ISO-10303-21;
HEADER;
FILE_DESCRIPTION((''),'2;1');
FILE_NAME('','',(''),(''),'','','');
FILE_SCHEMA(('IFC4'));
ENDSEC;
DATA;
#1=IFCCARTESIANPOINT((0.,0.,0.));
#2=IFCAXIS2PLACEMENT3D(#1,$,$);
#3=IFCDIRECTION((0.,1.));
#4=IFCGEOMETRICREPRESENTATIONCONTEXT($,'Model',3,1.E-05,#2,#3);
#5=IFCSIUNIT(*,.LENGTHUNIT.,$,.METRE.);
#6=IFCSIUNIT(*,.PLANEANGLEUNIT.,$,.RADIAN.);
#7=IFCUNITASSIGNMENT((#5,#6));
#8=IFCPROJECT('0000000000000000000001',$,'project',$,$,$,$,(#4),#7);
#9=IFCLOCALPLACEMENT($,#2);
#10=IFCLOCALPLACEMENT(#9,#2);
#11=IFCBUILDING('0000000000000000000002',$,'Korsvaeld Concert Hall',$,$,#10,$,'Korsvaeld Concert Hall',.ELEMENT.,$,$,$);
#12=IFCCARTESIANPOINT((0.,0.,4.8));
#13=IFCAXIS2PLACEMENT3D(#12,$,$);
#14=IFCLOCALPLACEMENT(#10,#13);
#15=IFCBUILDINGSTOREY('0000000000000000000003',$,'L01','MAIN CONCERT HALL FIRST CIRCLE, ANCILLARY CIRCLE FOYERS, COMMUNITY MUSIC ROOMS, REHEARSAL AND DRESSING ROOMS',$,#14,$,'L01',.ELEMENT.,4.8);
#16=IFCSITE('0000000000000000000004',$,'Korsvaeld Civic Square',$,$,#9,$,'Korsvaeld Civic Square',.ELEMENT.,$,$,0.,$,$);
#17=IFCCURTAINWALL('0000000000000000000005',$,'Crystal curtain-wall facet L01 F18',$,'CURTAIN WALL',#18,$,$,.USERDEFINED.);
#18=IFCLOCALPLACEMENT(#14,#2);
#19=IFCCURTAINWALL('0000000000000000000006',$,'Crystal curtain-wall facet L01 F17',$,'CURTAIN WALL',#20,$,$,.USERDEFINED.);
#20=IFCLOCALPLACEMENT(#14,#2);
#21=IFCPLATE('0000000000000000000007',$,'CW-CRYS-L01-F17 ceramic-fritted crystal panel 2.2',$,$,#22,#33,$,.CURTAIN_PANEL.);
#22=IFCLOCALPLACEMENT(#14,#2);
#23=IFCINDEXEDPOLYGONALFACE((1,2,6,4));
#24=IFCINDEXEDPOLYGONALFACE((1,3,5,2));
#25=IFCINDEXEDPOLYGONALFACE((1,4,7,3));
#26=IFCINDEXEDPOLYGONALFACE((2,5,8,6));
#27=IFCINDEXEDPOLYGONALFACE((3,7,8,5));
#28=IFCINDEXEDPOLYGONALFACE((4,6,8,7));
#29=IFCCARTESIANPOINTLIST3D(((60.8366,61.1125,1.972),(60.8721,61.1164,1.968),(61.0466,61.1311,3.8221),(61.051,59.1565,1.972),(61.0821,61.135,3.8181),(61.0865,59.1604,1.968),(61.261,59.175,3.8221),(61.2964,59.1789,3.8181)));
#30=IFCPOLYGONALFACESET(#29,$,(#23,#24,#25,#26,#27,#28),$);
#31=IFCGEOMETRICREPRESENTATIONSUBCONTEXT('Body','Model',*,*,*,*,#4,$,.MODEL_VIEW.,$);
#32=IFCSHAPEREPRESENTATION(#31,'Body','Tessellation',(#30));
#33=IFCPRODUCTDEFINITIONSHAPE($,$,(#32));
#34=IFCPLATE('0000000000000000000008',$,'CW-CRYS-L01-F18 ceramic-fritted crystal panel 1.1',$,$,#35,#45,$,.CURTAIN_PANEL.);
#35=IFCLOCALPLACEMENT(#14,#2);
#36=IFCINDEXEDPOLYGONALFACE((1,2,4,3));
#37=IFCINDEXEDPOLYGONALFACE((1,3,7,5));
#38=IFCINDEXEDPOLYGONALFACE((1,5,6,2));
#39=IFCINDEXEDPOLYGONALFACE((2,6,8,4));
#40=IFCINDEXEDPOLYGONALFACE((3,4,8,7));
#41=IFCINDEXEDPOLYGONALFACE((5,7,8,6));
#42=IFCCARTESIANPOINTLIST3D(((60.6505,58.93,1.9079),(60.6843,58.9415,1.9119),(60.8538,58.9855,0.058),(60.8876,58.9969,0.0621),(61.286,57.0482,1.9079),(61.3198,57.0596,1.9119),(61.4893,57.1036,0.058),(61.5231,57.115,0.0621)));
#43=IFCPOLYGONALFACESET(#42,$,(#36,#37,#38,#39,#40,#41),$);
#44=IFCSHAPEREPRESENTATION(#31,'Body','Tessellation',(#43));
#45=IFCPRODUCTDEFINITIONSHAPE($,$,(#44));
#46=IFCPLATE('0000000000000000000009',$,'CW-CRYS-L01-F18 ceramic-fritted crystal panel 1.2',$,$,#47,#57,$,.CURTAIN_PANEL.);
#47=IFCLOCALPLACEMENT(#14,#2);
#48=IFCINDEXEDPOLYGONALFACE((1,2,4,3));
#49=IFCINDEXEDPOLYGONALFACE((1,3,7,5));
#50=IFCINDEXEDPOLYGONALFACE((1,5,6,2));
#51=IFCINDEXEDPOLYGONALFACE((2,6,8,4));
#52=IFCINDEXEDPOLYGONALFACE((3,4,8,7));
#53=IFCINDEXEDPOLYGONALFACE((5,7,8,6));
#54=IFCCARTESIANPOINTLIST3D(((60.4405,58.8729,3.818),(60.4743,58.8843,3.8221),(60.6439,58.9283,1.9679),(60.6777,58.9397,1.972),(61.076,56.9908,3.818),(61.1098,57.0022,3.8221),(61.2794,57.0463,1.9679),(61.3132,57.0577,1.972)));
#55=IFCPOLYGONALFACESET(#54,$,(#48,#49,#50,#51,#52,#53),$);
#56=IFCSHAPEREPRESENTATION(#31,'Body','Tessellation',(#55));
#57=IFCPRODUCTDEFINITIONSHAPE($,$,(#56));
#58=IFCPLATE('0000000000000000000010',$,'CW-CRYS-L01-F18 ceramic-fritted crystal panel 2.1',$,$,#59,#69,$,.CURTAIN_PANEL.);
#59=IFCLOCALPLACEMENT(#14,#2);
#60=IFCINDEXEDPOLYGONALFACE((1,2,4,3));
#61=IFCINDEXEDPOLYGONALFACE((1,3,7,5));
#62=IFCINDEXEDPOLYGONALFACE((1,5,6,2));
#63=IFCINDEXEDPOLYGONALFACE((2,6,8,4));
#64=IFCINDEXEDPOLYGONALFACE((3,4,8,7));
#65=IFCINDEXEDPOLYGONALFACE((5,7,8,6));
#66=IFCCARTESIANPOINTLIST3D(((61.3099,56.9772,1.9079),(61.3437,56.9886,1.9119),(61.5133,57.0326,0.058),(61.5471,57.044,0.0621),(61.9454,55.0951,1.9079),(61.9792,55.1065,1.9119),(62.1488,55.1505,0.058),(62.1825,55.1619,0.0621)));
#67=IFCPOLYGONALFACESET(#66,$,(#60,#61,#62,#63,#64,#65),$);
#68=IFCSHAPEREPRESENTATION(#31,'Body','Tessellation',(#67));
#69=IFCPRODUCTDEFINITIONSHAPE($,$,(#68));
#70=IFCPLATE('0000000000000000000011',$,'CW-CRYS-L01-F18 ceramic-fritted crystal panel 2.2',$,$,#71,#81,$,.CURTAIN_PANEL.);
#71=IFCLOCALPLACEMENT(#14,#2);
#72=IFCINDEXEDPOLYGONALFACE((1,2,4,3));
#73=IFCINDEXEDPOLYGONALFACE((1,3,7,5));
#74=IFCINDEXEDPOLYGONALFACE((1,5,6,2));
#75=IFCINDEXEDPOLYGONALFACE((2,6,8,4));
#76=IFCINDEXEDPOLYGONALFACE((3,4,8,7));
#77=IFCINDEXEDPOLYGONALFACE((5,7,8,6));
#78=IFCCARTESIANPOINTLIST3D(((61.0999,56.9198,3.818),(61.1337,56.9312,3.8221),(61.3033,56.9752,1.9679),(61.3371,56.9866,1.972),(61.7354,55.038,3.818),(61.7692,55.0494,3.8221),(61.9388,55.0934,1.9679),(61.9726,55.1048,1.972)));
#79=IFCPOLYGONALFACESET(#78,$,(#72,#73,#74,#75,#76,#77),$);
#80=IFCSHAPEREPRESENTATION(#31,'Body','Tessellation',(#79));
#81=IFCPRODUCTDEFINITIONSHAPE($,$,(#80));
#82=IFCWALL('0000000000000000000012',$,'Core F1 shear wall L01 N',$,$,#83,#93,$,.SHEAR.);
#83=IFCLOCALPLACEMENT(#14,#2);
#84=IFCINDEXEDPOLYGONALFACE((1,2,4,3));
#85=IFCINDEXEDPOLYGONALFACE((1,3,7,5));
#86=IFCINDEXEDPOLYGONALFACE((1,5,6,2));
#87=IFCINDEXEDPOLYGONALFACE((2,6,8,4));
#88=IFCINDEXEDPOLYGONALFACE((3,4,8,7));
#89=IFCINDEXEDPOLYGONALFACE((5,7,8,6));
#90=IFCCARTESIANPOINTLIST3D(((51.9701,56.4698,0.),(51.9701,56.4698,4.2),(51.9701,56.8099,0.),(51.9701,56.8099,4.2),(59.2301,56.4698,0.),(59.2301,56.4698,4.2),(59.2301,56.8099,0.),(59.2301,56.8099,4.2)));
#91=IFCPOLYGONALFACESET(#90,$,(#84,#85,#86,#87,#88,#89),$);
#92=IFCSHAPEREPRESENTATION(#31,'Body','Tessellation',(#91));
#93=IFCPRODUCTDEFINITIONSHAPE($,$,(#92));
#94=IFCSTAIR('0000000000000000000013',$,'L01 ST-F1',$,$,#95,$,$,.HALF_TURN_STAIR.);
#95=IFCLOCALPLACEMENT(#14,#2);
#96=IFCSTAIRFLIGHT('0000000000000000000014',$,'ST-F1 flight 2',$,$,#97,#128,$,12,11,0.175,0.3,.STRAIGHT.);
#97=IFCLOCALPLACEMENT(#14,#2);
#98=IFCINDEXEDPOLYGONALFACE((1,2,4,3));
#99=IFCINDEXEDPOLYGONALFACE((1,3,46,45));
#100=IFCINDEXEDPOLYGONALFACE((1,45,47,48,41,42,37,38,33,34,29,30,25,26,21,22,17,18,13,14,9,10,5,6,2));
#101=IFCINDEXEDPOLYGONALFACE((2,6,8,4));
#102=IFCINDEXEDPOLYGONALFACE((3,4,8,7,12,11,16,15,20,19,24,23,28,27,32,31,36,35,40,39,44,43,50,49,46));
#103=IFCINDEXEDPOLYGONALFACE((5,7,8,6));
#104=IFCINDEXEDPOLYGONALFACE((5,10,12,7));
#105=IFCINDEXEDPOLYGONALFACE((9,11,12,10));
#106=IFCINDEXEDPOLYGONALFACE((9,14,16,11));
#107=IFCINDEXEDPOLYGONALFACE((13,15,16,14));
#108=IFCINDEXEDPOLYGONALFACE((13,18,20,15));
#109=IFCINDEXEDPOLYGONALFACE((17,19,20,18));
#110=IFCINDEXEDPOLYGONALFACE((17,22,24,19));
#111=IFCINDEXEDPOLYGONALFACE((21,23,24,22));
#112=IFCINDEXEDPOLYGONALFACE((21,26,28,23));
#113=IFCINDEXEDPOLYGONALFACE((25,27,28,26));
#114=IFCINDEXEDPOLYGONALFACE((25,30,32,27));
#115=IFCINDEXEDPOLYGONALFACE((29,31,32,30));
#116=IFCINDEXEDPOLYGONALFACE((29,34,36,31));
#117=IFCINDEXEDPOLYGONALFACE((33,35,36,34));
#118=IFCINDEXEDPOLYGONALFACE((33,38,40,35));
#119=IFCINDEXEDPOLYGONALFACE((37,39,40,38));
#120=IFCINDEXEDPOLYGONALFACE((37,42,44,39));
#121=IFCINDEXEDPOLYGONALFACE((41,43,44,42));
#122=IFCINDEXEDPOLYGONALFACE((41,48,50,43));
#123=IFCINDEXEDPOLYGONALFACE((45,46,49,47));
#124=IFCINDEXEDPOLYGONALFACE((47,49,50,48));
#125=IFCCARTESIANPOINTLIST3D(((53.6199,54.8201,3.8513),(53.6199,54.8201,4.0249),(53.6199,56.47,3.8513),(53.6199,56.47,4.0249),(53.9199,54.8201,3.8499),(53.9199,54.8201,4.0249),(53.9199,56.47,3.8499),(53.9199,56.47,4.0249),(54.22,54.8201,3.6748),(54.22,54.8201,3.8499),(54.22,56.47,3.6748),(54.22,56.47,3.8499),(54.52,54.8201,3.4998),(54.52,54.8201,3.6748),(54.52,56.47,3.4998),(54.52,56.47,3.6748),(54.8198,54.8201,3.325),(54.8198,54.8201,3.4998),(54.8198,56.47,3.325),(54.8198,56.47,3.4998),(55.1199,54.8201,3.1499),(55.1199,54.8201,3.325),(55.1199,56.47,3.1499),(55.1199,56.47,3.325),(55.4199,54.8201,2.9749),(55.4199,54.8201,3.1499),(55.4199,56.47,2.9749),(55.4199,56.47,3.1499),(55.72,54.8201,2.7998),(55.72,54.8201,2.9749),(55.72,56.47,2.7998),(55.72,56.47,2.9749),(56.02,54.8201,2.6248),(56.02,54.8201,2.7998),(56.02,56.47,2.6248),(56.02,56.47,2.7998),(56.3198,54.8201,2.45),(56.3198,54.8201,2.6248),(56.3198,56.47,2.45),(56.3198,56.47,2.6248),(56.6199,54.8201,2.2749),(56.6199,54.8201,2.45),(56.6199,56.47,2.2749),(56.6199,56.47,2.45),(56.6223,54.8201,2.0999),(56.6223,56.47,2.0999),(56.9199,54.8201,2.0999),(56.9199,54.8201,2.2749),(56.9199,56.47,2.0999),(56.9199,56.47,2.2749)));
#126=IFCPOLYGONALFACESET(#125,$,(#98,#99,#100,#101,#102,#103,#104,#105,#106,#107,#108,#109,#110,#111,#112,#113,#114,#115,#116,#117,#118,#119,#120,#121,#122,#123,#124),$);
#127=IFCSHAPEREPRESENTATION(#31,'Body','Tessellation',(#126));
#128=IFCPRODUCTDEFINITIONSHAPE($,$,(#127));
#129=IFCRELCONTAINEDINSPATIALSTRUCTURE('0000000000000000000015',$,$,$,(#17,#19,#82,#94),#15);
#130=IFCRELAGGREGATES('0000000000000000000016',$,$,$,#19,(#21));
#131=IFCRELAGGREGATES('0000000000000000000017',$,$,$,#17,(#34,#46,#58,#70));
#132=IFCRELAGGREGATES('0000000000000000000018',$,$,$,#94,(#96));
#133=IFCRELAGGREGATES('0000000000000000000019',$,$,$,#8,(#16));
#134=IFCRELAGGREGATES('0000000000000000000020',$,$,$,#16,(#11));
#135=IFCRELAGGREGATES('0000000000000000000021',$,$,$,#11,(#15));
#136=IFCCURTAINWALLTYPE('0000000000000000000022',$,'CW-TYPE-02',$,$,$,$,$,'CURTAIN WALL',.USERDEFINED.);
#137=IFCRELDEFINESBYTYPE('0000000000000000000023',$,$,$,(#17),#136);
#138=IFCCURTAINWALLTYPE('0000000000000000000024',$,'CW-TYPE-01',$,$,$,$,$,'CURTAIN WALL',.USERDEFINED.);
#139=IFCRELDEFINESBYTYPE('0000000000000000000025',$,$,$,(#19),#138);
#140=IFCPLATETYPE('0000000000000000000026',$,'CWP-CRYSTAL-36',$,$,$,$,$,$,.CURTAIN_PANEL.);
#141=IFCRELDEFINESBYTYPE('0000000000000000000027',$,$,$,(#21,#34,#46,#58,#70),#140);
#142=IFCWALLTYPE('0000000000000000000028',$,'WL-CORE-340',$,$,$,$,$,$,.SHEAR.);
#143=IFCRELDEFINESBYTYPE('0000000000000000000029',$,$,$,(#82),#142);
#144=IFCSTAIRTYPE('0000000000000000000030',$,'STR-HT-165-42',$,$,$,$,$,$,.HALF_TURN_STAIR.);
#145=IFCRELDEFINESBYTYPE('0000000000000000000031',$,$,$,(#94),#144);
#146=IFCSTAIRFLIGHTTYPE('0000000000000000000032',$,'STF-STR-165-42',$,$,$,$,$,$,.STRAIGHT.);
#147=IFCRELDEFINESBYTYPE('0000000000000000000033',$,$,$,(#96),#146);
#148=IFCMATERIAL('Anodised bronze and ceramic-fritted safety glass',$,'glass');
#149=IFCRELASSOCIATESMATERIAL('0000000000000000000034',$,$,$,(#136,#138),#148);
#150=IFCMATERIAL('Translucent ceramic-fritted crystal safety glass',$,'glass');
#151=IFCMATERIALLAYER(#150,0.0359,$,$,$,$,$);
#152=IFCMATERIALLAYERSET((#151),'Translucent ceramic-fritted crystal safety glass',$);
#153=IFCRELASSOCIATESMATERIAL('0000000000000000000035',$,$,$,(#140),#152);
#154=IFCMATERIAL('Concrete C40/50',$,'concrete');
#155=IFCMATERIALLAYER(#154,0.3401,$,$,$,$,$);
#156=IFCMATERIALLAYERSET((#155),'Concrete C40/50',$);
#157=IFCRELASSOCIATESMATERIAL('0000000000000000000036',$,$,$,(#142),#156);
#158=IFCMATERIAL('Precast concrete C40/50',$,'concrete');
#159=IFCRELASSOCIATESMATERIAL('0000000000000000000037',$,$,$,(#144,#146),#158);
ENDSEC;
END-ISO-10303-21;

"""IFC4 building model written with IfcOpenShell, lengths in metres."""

from ifc_helpers import new_model, si_unit, direction, frame, frame_2d, origin, place, context, subcontext, project, spatial, polyline, rectangle, outline, extrude, material, layer, layer_set, type_object, element, aggregate, save


model = new_model("IFC4")

# Units and contexts
model_context = context("Model", 3, precision=1e-05, world=origin(), true_north=direction((0.0, 1.0)))
body_context = subcontext(model_context, "Body", "Model", "MODEL_VIEW")
ifc_project = project(units=[si_unit("LENGTHUNIT", "METRE"), si_unit("PLANEANGLEUNIT", "RADIAN")], contexts=[model_context])

# Site, building, storey
site_placement = place(None, origin())
site = spatial("IfcSite", under=ifc_project, at=site_placement, Name="Korsvaeld Civic Square", LongName="Korsvaeld Civic Square", CompositionType="ELEMENT", RefElevation=0.0)
building_placement = place(site_placement, origin())
building = spatial("IfcBuilding", under=site, at=building_placement, Name="Korsvaeld Concert Hall", LongName="Korsvaeld Concert Hall", CompositionType="ELEMENT")
storey_placement = place(building_placement, frame((0.0, 0.0, 4.8)))
storey = spatial("IfcBuildingStorey", under=building, at=storey_placement, Name="L01", Description="MAIN CONCERT HALL FIRST CIRCLE, ANCILLARY CIRCLE FOYERS, COMMUNITY MUSIC ROOMS, REHEARSAL AND DRESSING ROOMS", LongName="L01", CompositionType="ELEMENT", Elevation=4.8)

# Shared definitions
ifc_material_1 = material(Name="Concrete C40/50", Category="concrete")

# Curtain walls
ifc_material_2 = material(Name="Anodised bronze and ceramic-fritted safety glass", Category="glass")
curtain_wall_type_1 = type_object("IfcCurtainWallType", Name="CW-TYPE-02", ElementType="CURTAIN WALL", PredefinedType="USERDEFINED", material=ifc_material_2)
curtain_wall_1_placement = place(storey_placement, origin())
curtain_wall_1 = element("IfcCurtainWall", 1, at=curtain_wall_1_placement, inside=storey, type_object=curtain_wall_type_1, Name="Crystal curtain-wall facet L01 F18", ObjectType="CURTAIN WALL", PredefinedType="USERDEFINED")
curtain_wall_type_2 = type_object("IfcCurtainWallType", Name="CW-TYPE-01", ElementType="CURTAIN WALL", PredefinedType="USERDEFINED", material=ifc_material_2)
curtain_wall_2_placement = place(storey_placement, origin())
curtain_wall_2 = element("IfcCurtainWall", 2, at=curtain_wall_2_placement, inside=storey, type_object=curtain_wall_type_2, Name="Crystal curtain-wall facet L01 F17", ObjectType="CURTAIN WALL", PredefinedType="USERDEFINED")

# Plates
ifc_material_3 = material(Name="Translucent ceramic-fritted crystal safety glass", Category="glass")
ifc_layer_1 = layer(ifc_material_3, 0.0359)
ifc_layer_set_1 = layer_set([ifc_layer_1], Name="Translucent ceramic-fritted crystal safety glass")
plate_type = type_object("IfcPlateType", Name="CWP-CRYSTAL-36", PredefinedType="CURTAIN_PANEL", material=ifc_layer_set_1)
plate_1_placement = place(storey_placement, frame((60.8545, 61.1145, 1.97), z_axis=(-0.987663, -0.108234, 0.113172), x_axis=(0.108933, -0.994049, 0.0)))
plate_1 = element("IfcPlate", 3, at=plate_1_placement, type_object=plate_type, Name="CW-CRYS-L01-F17 ceramic-fritted crystal panel 2.2", PredefinedType="CURTAIN_PANEL", context=body_context, shape_type="SweptSolid", body=[
    extrude(outline(polyline([(0.0, 0.0), (1.9678, 0.0), (1.9722, 1.8621), (0.0044, 1.8621), (0.0, 0.0)])), frame((0.0, 0.0, 0.0181)), (0.0, 0.0, -1.0), 0.0359),
])
aggregate(curtain_wall_2, [plate_1])
plate_2_placement = place(storey_placement, frame((60.8708, 58.9912, 0.0601), z_axis=(-0.941365, -0.3179, -0.113016), x_axis=(0.31995, -0.947435, 0.0)))
plate_2 = element("IfcPlate", 4, at=plate_2_placement, type_object=plate_type, Name="CW-CRYS-L01-F18 ceramic-fritted crystal panel 1.1", PredefinedType="CURTAIN_PANEL", context=body_context, shape_type="SweptSolid", body=[
    extrude(outline(polyline([(0.0, 0.0), (1.9862, 0.0), (1.9737, 1.8618), (-0.0126, 1.8618), (0.0, 0.0)])), frame((0.0, 0.0, 0.0181)), (0.0, 0.0, -1.0), 0.0359),
])
plate_3_placement = place(storey_placement, frame((60.6609, 58.9341, 1.97), z_axis=(-0.941379, -0.317863, -0.113001), x_axis=(0.319912, -0.947447, 0.0)))
plate_3 = element("IfcPlate", 5, at=plate_3_placement, type_object=plate_type, Name="CW-CRYS-L01-F18 ceramic-fritted crystal panel 1.2", PredefinedType="CURTAIN_PANEL", context=body_context, shape_type="SweptSolid", body=[
    extrude(outline(polyline([(0.0, 0.0), (1.9865, 0.0), (1.9739, 1.862), (-0.0126, 1.862), (0.0, 0.0)])), frame((0.0, 0.0, 0.0181)), (0.0, 0.0, -1.0), 0.0359),
])
plate_4_placement = place(storey_placement, frame((61.5303, 57.0383, 0.0601), z_axis=(-0.941377, -0.317863, -0.113016), x_axis=(0.319912, -0.947447, 0.0)))
plate_4 = element("IfcPlate", 6, at=plate_4_placement, type_object=plate_type, Name="CW-CRYS-L01-F18 ceramic-fritted crystal panel 2.1", PredefinedType="CURTAIN_PANEL", context=body_context, shape_type="SweptSolid", body=[
    extrude(outline(polyline([(0.0, 0.0), (1.9865, 0.0), (1.9739, 1.8618), (-0.0126, 1.8618), (0.0, 0.0)])), frame((0.0, 0.0, 0.0181)), (0.0, 0.0, -1.0), 0.0359),
])
plate_5_placement = place(storey_placement, frame((61.3203, 56.981, 1.97), z_axis=(-0.941366, -0.3179, -0.113001), x_axis=(0.31995, -0.947435, 0.0)))
plate_5 = element("IfcPlate", 7, at=plate_5_placement, type_object=plate_type, Name="CW-CRYS-L01-F18 ceramic-fritted crystal panel 2.2", PredefinedType="CURTAIN_PANEL", context=body_context, shape_type="SweptSolid", body=[
    extrude(outline(polyline([(0.0, 0.0), (1.9862, 0.0), (1.9737, 1.862), (-0.0126, 1.862), (0.0, 0.0)])), frame((0.0, 0.0, 0.0181)), (0.0, 0.0, -1.0), 0.0359),
])
aggregate(curtain_wall_1, [plate_2, plate_3, plate_4, plate_5])

# Wall
ifc_layer_2 = layer(ifc_material_1, 0.3401)
ifc_layer_set_2 = layer_set([ifc_layer_2], Name="Concrete C40/50")
wall_type = type_object("IfcWallType", Name="WL-CORE-340", PredefinedType="SHEAR", material=ifc_layer_set_2)
wall_placement = place(storey_placement, frame((59.23, 56.6399, 0.0), z_axis=(0.0, 0.0, 1.0), x_axis=(-1.0, 0.0, 0.0)))
element("IfcWall", 8, at=wall_placement, inside=storey, type_object=wall_type, Name="Core F1 shear wall L01 N", PredefinedType="SHEAR", context=body_context, shape_type="SweptSolid", body=[
    extrude(rectangle(XDim=7.26, YDim=0.3401, at=frame_2d((3.6299, 0.0))), origin(), (0.0, 0.0, 1.0), 4.2),
])

# Stair, stair flight
ifc_material_4 = material(Name="Precast concrete C40/50", Category="concrete")
stair_type = type_object("IfcStairType", Name="STR-HT-165-42", PredefinedType="HALF_TURN_STAIR", material=ifc_material_4)
stair_placement = place(storey_placement, origin())
stair = element("IfcStair", 9, at=stair_placement, inside=storey, type_object=stair_type, Name="L01 ST-F1", PredefinedType="HALF_TURN_STAIR")
stair_flight_type = type_object("IfcStairFlightType", Name="STF-STR-165-42", PredefinedType="STRAIGHT", material=ifc_material_4)
stair_flight_placement = place(storey_placement, frame((56.9199, 55.645, 2.0999), z_axis=(0.0, 0.0, 1.0), x_axis=(-1.0, 0.0, 0.0)))
stair_flight = element("IfcStairFlight", 10, at=stair_flight_placement, type_object=stair_flight_type, Name="ST-F1 flight 2", NumberOfRisers=12, NumberOfTreads=11, PredefinedType="STRAIGHT", RiserHeight=0.175, TreadLength=0.3, context=body_context, shape_type="SweptSolid", body=[
    extrude(outline(polyline([(0.0, 0.0), (0.0, 0.175), (0.3, 0.175), (0.3, 0.3501), (0.6001, 0.3501), (0.6001, 0.5249), (0.8999, 0.5249), (0.8999, 0.7), (1.2, 0.7), (1.2, 0.875), (1.5, 0.875), (1.5, 1.05), (1.8, 1.05), (1.8, 1.2251), (2.1001, 1.2251), (2.1001, 1.3999), (2.3999, 1.3999), (2.3999, 1.575), (2.7, 1.575), (2.7, 1.75), (3.0, 1.75), (3.0, 1.925), (3.3, 1.925), (3.3, 2.1001), (3.3, 1.7515), (0.2976, 0.0), (0.0, 0.0)])), frame((0.0, 0.825, 0.0), z_axis=(0.0, -1.0, 0.0), x_axis=(1.0, 0.0, 0.0)), (0.0, 0.0, 1.0), 1.6499),
])
aggregate(stair, [stair_flight])

save(model, "model.ifc")
